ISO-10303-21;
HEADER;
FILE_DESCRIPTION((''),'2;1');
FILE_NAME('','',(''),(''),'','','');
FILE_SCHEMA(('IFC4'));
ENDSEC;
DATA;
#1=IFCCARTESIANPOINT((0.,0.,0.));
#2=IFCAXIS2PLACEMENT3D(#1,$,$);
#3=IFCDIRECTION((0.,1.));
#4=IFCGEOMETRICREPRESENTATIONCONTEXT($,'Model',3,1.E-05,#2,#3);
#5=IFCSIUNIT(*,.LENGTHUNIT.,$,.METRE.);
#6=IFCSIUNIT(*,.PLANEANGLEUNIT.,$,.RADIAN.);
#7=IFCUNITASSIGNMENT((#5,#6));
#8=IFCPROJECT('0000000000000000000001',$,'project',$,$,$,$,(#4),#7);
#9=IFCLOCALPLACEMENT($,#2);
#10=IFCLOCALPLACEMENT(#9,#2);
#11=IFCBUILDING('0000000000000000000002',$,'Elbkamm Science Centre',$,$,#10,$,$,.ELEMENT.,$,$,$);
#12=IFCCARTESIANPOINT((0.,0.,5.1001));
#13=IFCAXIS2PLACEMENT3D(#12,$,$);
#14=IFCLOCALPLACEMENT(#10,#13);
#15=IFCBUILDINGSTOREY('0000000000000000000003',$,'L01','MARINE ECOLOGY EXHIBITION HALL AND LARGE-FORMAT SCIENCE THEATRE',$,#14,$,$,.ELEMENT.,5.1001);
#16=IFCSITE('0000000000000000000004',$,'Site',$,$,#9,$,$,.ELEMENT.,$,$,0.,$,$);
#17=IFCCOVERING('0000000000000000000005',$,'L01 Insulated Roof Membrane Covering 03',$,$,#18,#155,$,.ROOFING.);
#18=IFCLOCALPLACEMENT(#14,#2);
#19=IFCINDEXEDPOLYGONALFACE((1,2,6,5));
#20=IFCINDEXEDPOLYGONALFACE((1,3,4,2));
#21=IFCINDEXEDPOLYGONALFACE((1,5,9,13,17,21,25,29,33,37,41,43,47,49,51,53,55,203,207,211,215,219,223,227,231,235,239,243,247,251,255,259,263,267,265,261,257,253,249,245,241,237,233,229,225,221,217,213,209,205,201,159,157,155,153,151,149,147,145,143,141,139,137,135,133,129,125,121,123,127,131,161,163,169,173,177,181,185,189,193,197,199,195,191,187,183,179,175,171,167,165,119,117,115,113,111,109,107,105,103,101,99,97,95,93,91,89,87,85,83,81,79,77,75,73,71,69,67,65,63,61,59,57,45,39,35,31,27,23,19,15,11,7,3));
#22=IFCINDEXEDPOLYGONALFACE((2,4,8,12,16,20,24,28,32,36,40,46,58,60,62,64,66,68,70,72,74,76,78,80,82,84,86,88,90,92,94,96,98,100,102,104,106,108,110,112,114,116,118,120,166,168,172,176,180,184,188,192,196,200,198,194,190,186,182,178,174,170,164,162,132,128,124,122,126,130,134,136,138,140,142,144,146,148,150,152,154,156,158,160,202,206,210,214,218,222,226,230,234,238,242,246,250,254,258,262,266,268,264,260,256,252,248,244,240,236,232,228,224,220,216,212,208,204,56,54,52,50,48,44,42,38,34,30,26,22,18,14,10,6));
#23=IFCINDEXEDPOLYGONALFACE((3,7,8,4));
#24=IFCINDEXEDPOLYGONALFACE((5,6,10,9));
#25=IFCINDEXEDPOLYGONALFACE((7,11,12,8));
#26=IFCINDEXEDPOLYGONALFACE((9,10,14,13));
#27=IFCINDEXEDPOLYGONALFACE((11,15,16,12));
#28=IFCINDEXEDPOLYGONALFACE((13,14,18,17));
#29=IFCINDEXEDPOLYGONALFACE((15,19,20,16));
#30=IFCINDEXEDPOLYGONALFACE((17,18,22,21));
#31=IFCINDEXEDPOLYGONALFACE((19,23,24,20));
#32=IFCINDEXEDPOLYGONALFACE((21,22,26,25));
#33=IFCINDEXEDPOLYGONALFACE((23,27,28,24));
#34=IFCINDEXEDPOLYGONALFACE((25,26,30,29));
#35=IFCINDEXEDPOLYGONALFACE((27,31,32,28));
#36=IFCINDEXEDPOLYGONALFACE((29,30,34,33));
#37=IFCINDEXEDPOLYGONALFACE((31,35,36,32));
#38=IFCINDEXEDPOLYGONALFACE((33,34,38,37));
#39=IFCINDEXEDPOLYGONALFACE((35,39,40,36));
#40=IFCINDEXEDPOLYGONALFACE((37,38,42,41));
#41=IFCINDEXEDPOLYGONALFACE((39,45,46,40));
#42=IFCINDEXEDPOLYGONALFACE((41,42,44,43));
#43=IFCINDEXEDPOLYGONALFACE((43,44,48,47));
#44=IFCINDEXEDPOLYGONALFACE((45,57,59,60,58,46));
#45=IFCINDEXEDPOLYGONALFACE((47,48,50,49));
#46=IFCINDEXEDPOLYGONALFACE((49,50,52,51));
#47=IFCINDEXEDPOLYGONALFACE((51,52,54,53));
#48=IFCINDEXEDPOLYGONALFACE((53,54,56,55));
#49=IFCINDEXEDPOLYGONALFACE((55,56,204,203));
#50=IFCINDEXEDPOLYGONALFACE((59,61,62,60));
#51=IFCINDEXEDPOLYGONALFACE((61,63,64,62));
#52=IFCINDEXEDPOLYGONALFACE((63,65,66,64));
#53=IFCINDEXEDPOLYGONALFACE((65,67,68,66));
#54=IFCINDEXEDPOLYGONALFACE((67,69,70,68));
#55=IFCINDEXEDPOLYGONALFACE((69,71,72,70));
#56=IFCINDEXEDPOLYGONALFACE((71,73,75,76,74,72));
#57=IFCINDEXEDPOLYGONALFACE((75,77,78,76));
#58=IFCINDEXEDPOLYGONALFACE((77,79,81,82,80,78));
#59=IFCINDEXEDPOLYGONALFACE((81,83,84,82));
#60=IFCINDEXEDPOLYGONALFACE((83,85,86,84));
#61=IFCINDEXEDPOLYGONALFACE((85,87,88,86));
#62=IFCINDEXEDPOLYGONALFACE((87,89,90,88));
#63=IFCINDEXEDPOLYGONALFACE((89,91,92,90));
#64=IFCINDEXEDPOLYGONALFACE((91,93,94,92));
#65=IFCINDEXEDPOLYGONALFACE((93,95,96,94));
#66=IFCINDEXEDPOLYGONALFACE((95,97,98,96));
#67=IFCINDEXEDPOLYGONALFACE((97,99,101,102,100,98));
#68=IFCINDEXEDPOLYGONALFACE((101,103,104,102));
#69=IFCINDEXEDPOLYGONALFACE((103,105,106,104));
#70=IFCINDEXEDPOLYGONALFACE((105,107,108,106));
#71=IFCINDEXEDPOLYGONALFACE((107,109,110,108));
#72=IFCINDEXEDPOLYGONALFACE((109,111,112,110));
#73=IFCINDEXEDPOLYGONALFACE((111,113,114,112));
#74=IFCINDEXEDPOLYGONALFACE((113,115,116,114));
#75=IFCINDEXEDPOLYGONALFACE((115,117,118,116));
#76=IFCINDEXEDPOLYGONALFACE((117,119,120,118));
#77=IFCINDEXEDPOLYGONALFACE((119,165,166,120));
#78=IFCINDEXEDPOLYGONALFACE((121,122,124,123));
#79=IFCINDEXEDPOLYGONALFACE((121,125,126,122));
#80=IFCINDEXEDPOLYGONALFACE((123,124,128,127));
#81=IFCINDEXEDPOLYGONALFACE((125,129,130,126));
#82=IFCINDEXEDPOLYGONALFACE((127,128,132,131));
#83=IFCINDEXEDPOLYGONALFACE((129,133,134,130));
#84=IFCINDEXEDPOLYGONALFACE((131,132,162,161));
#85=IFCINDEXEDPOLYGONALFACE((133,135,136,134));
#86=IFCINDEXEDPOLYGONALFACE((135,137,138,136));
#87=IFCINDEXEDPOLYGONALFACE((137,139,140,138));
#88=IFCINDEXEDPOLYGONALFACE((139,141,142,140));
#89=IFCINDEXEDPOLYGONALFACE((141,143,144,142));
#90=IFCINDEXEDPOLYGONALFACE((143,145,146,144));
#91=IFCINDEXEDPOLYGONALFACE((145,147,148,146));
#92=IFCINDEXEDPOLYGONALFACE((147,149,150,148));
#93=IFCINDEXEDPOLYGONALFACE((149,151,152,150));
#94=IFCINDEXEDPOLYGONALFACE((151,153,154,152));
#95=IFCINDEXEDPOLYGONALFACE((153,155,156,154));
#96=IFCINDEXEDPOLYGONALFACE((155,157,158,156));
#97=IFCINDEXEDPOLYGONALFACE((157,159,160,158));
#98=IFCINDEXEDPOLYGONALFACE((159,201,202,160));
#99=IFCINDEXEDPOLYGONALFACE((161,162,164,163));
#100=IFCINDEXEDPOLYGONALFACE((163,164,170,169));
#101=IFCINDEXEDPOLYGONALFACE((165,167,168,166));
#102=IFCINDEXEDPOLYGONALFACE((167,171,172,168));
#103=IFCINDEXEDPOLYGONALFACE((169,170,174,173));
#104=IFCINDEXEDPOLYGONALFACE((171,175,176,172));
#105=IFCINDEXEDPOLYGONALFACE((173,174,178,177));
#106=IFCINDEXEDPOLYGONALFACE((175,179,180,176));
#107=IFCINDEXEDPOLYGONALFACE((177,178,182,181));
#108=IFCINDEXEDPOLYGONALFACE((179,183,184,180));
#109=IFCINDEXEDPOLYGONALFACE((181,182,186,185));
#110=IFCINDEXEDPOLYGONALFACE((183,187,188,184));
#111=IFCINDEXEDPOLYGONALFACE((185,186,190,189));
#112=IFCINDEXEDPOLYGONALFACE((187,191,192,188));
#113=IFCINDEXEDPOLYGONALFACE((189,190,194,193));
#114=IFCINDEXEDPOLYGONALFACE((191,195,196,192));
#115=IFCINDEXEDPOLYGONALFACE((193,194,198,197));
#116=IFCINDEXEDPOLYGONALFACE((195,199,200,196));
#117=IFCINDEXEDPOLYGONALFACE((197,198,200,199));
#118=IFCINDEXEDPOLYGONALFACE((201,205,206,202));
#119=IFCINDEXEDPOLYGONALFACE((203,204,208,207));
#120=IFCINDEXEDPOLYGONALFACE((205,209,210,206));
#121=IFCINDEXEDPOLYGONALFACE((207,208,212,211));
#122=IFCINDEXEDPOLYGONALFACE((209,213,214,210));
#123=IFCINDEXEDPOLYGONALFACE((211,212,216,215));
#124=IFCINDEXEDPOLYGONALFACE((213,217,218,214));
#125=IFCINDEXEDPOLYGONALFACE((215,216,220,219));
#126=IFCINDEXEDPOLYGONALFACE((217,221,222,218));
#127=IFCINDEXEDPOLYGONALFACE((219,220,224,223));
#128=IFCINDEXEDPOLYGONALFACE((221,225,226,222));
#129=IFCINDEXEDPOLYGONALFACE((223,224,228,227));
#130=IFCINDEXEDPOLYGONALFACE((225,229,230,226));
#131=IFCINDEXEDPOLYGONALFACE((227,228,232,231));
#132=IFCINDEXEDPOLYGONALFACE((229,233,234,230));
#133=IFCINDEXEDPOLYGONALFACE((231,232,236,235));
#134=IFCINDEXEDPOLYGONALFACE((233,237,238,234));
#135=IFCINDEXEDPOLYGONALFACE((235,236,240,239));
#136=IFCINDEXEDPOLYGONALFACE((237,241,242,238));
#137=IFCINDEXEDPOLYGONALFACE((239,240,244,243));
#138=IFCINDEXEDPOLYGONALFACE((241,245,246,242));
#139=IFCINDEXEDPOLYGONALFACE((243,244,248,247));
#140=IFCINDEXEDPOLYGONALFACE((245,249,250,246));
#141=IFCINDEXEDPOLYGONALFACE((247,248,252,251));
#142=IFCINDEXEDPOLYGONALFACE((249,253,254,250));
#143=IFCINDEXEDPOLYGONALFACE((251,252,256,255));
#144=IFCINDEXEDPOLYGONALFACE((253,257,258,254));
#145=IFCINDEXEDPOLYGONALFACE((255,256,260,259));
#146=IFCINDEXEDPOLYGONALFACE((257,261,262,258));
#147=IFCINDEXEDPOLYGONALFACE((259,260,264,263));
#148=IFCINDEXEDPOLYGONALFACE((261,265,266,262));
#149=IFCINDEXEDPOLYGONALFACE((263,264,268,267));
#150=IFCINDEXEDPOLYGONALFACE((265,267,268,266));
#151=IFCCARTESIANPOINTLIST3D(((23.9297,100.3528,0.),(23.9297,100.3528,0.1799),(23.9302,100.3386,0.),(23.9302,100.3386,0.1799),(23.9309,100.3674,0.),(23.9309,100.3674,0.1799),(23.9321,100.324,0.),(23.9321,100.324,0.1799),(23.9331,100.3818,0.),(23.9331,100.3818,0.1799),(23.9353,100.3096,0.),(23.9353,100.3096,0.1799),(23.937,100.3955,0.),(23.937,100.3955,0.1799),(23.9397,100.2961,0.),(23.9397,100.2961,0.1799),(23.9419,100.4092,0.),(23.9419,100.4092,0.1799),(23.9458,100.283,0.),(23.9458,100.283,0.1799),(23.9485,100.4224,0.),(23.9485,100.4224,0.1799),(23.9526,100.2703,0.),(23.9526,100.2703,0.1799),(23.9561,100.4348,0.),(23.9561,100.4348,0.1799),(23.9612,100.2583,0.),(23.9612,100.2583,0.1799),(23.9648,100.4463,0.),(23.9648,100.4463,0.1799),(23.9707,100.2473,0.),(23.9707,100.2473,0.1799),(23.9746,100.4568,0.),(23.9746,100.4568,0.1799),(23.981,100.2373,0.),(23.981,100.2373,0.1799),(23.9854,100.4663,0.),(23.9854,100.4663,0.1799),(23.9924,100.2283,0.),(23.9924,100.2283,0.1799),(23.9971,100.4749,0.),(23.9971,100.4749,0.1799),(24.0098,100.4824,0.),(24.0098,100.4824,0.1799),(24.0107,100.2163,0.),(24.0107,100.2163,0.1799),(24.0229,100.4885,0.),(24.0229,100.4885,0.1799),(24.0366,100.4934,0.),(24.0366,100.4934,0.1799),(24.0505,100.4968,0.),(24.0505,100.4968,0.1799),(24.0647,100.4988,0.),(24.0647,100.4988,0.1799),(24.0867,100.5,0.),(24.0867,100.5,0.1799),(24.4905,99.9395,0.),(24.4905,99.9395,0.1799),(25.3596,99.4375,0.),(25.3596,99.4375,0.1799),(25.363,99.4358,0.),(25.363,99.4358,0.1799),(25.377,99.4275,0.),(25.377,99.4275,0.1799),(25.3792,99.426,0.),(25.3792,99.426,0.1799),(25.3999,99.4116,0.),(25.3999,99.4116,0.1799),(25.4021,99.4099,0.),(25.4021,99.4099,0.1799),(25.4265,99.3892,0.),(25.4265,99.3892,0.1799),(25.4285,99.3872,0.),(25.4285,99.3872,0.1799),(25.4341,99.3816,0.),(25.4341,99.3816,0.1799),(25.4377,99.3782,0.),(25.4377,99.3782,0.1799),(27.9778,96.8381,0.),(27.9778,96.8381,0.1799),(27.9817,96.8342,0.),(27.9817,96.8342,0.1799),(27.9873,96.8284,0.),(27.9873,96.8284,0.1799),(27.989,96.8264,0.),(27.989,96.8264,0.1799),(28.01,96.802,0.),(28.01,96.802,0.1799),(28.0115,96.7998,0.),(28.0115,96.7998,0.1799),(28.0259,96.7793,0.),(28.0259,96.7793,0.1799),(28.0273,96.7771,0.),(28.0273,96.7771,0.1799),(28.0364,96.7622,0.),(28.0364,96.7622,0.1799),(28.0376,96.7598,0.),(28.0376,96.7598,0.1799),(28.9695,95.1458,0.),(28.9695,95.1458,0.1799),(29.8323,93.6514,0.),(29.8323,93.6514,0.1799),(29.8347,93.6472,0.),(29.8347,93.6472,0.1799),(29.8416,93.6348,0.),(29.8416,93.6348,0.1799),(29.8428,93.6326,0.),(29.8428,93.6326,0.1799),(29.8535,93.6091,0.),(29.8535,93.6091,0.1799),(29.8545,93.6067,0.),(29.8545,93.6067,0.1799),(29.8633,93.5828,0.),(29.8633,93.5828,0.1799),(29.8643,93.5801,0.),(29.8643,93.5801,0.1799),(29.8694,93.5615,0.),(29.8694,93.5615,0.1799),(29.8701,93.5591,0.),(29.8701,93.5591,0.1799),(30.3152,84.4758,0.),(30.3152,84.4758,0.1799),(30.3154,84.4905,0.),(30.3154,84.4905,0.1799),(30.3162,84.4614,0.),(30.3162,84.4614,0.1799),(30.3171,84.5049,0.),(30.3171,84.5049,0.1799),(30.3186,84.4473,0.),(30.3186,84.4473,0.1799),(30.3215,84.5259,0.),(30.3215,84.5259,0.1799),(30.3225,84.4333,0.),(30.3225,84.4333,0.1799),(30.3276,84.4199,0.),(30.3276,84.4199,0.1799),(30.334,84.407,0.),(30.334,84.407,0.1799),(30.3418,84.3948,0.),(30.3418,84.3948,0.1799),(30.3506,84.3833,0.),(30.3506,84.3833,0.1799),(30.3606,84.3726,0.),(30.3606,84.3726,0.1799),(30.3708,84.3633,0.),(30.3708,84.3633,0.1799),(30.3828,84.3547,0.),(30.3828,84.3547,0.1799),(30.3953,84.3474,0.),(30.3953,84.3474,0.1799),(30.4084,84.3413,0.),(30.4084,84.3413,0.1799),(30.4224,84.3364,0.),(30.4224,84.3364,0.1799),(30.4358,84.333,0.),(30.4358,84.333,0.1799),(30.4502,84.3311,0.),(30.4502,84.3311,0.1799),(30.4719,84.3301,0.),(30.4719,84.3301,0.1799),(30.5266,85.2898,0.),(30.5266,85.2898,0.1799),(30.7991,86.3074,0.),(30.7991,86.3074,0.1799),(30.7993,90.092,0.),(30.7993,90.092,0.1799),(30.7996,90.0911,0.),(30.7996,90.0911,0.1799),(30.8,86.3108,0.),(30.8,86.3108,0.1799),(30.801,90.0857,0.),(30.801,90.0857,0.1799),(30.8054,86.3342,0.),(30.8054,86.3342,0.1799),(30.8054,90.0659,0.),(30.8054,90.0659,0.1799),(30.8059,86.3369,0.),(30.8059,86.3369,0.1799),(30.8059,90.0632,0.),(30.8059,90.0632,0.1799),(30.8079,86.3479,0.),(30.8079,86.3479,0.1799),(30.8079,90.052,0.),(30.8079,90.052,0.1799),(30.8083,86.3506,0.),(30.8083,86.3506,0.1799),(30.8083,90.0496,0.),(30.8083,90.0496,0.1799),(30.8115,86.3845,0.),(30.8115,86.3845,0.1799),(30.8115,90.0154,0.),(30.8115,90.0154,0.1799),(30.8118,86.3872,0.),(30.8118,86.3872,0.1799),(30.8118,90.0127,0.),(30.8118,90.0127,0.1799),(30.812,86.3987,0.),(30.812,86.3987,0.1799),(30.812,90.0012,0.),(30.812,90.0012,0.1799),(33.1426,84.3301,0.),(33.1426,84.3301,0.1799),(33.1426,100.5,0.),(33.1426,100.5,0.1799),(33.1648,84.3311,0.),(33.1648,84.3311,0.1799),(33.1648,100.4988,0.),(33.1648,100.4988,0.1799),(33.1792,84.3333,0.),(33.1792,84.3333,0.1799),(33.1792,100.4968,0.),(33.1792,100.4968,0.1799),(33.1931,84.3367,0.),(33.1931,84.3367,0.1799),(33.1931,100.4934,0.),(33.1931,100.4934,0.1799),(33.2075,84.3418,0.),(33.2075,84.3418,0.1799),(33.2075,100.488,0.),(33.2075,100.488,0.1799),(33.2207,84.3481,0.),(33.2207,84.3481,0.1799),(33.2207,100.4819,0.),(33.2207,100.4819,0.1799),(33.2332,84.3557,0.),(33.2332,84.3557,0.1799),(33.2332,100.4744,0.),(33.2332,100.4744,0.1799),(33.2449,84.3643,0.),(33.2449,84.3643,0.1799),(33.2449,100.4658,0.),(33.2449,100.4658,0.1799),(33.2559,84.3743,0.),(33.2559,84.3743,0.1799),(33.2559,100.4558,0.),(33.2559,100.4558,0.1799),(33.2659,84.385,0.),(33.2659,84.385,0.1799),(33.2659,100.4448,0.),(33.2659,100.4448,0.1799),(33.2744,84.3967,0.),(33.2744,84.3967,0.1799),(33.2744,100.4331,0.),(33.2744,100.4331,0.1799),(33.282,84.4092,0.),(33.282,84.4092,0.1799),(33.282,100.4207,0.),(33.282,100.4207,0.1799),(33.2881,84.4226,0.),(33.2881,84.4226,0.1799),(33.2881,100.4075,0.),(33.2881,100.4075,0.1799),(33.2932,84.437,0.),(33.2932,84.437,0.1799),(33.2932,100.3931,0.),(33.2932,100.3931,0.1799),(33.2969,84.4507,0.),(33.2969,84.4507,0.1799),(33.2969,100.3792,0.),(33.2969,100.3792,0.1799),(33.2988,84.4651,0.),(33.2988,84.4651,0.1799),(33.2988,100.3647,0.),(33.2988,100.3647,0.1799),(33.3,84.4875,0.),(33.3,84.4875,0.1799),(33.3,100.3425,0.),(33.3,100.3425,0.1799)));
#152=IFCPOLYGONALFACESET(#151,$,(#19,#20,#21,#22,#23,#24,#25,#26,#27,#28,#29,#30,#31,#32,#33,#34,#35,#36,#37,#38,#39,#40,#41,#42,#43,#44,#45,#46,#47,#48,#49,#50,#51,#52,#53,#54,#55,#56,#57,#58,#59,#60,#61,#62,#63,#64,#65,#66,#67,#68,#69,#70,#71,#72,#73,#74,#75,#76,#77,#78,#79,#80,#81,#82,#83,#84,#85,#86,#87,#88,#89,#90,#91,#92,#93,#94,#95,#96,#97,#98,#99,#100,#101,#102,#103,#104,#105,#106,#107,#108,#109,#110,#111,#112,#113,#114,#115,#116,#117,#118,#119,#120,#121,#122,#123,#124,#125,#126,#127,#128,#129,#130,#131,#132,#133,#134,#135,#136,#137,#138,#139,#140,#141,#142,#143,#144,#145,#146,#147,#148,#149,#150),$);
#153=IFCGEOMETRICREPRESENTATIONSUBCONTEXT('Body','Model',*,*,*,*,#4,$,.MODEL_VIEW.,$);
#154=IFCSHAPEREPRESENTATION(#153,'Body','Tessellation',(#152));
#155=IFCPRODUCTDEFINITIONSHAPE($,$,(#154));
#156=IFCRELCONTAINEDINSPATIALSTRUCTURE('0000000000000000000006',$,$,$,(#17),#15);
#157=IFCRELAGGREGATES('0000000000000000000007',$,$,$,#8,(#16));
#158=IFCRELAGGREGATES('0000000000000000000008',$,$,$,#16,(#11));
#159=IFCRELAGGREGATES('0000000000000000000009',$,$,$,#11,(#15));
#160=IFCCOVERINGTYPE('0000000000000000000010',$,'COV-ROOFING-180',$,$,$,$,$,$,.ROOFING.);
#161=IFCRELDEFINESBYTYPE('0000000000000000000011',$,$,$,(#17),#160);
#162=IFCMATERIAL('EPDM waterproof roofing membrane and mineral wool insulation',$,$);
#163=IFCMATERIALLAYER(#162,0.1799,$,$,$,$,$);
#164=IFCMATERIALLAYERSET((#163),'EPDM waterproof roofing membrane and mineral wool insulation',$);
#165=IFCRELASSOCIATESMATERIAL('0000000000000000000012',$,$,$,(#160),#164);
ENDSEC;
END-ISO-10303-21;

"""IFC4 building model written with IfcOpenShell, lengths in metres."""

from ifc_helpers import new_model, si_unit, direction, frame, origin, place, context, subcontext, project, spatial, polyline, outline, extrude, material, layer, layer_set, type_object, element, save


model = new_model("IFC4")

# Units and contexts
model_context = context("Model", 3, precision=1e-05, world=origin(), true_north=direction((0.0, 1.0)))
body_context = subcontext(model_context, "Body", "Model", "MODEL_VIEW")
ifc_project = project(units=[si_unit("LENGTHUNIT", "METRE"), si_unit("PLANEANGLEUNIT", "RADIAN")], contexts=[model_context])

# Site, building, storey
site_placement = place(None, origin())
site = spatial("IfcSite", under=ifc_project, at=site_placement, Name="Site", CompositionType="ELEMENT", RefElevation=0.0)
building_placement = place(site_placement, origin())
building = spatial("IfcBuilding", under=site, at=building_placement, Name="Elbkamm Science Centre", CompositionType="ELEMENT")
storey_placement = place(building_placement, frame((0.0, 0.0, 5.1001)))
storey = spatial("IfcBuildingStorey", under=building, at=storey_placement, Name="L01", Description="MARINE ECOLOGY EXHIBITION HALL AND LARGE-FORMAT SCIENCE THEATRE", CompositionType="ELEMENT", Elevation=5.1001)

# Covering
ifc_material_1 = material(Name="EPDM waterproof roofing membrane and mineral wool insulation")
ifc_layer_1 = layer(ifc_material_1, 0.1799)
ifc_layer_set_1 = layer_set([ifc_layer_1], Name="EPDM waterproof roofing membrane and mineral wool insulation")
covering_type_1 = type_object("IfcCoveringType", Name="COV-ROOFING-180", PredefinedType="ROOFING", material=ifc_layer_set_1)
covering_1_placement = place(storey_placement, origin())
element("IfcCovering", 1, at=covering_1_placement, inside=storey, type_object=covering_type_1, Name="L01 Insulated Roof Membrane Covering 03", PredefinedType="ROOFING", context=body_context, shape_type="SweptSolid", body=[
    extrude(outline(polyline([(33.2969, 84.4507), (33.2932, 84.437), (33.2881, 84.4226), (33.282, 84.4092), (33.2744, 84.3967), (33.2659, 84.385), (33.2559, 84.3743), (33.2449, 84.3643), (33.2332, 84.3557), (33.2207, 84.3481), (33.2075, 84.3418), (33.1931, 84.3367), (33.1792, 84.3333), (33.1648, 84.3311), (33.1426, 84.3301), (30.4719, 84.3301), (30.4502, 84.3311), (30.4358, 84.333), (30.4224, 84.3364), (30.4084, 84.3413), (30.3953, 84.3474), (30.3828, 84.3547), (30.3708, 84.3633), (30.3606, 84.3726), (30.3506, 84.3833), (30.3418, 84.3948), (30.334, 84.407), (30.3276, 84.4199), (30.3225, 84.4333), (30.3186, 84.4473), (30.3162, 84.4614), (30.3152, 84.4758), (30.3154, 84.4905), (30.3171, 84.5049), (30.3215, 84.5259), (30.5266, 85.2898), (30.7991, 86.3074), (30.8, 86.3108), (30.8054, 86.3342), (30.8059, 86.3369), (30.8079, 86.3479), (30.8083, 86.3506), (30.8115, 86.3845), (30.8118, 86.3872), (30.812, 86.3987), (30.812, 90.0012), (30.8118, 90.0127), (30.8115, 90.0154), (30.8083, 90.0496), (30.8079, 90.052), (30.8059, 90.0632), (30.8054, 90.0659), (30.801, 90.0857), (30.7996, 90.0911), (30.7993, 90.092), (29.8701, 93.5591), (29.8694, 93.5615), (29.8643, 93.5801), (29.8633, 93.5828), (29.8545, 93.6067), (29.8535, 93.6091), (29.8428, 93.6326), (29.8416, 93.6348), (29.8347, 93.6472), (29.8323, 93.6514), (28.9695, 95.1458), (28.0376, 96.7598), (28.0364, 96.7622), (28.0273, 96.7771), (28.0259, 96.7793), (28.0115, 96.7998), (28.01, 96.802), (27.989, 96.8264), (27.9873, 96.8284), (27.9817, 96.8342), (27.9778, 96.8381), (25.4377, 99.3782), (25.4341, 99.3816), (25.4285, 99.3872), (25.4265, 99.3892), (25.4021, 99.4099), (25.3999, 99.4116), (25.3792, 99.426), (25.377, 99.4275), (25.363, 99.4358), (25.3596, 99.4375), (24.4905, 99.9395), (24.0107, 100.2163), (23.9924, 100.2283), (23.981, 100.2373), (23.9707, 100.2473), (23.9612, 100.2583), (23.9526, 100.2703), (23.9458, 100.283), (23.9397, 100.2961), (23.9353, 100.3096), (23.9321, 100.324), (23.9302, 100.3386), (23.9297, 100.3528), (23.9309, 100.3674), (23.9331, 100.3818), (23.937, 100.3955), (23.9419, 100.4092), (23.9485, 100.4224), (23.9561, 100.4348), (23.9648, 100.4463), (23.9746, 100.4568), (23.9854, 100.4663), (23.9971, 100.4749), (24.0098, 100.4824), (24.0229, 100.4885), (24.0366, 100.4934), (24.0505, 100.4968), (24.0647, 100.4988), (24.0867, 100.5), (33.1426, 100.5), (33.1648, 100.4988), (33.1792, 100.4968), (33.1931, 100.4934), (33.2075, 100.488), (33.2207, 100.4819), (33.2332, 100.4744), (33.2449, 100.4658), (33.2559, 100.4558), (33.2659, 100.4448), (33.2744, 100.4331), (33.282, 100.4207), (33.2881, 100.4075), (33.2932, 100.3931), (33.2969, 100.3792), (33.2988, 100.3647), (33.3, 100.3425), (33.3, 84.4875), (33.2988, 84.4651), (33.2969, 84.4507)])), origin(), (0.0, 0.0, 1.0), 0.1799),
])

save(model, "model.ifc")
